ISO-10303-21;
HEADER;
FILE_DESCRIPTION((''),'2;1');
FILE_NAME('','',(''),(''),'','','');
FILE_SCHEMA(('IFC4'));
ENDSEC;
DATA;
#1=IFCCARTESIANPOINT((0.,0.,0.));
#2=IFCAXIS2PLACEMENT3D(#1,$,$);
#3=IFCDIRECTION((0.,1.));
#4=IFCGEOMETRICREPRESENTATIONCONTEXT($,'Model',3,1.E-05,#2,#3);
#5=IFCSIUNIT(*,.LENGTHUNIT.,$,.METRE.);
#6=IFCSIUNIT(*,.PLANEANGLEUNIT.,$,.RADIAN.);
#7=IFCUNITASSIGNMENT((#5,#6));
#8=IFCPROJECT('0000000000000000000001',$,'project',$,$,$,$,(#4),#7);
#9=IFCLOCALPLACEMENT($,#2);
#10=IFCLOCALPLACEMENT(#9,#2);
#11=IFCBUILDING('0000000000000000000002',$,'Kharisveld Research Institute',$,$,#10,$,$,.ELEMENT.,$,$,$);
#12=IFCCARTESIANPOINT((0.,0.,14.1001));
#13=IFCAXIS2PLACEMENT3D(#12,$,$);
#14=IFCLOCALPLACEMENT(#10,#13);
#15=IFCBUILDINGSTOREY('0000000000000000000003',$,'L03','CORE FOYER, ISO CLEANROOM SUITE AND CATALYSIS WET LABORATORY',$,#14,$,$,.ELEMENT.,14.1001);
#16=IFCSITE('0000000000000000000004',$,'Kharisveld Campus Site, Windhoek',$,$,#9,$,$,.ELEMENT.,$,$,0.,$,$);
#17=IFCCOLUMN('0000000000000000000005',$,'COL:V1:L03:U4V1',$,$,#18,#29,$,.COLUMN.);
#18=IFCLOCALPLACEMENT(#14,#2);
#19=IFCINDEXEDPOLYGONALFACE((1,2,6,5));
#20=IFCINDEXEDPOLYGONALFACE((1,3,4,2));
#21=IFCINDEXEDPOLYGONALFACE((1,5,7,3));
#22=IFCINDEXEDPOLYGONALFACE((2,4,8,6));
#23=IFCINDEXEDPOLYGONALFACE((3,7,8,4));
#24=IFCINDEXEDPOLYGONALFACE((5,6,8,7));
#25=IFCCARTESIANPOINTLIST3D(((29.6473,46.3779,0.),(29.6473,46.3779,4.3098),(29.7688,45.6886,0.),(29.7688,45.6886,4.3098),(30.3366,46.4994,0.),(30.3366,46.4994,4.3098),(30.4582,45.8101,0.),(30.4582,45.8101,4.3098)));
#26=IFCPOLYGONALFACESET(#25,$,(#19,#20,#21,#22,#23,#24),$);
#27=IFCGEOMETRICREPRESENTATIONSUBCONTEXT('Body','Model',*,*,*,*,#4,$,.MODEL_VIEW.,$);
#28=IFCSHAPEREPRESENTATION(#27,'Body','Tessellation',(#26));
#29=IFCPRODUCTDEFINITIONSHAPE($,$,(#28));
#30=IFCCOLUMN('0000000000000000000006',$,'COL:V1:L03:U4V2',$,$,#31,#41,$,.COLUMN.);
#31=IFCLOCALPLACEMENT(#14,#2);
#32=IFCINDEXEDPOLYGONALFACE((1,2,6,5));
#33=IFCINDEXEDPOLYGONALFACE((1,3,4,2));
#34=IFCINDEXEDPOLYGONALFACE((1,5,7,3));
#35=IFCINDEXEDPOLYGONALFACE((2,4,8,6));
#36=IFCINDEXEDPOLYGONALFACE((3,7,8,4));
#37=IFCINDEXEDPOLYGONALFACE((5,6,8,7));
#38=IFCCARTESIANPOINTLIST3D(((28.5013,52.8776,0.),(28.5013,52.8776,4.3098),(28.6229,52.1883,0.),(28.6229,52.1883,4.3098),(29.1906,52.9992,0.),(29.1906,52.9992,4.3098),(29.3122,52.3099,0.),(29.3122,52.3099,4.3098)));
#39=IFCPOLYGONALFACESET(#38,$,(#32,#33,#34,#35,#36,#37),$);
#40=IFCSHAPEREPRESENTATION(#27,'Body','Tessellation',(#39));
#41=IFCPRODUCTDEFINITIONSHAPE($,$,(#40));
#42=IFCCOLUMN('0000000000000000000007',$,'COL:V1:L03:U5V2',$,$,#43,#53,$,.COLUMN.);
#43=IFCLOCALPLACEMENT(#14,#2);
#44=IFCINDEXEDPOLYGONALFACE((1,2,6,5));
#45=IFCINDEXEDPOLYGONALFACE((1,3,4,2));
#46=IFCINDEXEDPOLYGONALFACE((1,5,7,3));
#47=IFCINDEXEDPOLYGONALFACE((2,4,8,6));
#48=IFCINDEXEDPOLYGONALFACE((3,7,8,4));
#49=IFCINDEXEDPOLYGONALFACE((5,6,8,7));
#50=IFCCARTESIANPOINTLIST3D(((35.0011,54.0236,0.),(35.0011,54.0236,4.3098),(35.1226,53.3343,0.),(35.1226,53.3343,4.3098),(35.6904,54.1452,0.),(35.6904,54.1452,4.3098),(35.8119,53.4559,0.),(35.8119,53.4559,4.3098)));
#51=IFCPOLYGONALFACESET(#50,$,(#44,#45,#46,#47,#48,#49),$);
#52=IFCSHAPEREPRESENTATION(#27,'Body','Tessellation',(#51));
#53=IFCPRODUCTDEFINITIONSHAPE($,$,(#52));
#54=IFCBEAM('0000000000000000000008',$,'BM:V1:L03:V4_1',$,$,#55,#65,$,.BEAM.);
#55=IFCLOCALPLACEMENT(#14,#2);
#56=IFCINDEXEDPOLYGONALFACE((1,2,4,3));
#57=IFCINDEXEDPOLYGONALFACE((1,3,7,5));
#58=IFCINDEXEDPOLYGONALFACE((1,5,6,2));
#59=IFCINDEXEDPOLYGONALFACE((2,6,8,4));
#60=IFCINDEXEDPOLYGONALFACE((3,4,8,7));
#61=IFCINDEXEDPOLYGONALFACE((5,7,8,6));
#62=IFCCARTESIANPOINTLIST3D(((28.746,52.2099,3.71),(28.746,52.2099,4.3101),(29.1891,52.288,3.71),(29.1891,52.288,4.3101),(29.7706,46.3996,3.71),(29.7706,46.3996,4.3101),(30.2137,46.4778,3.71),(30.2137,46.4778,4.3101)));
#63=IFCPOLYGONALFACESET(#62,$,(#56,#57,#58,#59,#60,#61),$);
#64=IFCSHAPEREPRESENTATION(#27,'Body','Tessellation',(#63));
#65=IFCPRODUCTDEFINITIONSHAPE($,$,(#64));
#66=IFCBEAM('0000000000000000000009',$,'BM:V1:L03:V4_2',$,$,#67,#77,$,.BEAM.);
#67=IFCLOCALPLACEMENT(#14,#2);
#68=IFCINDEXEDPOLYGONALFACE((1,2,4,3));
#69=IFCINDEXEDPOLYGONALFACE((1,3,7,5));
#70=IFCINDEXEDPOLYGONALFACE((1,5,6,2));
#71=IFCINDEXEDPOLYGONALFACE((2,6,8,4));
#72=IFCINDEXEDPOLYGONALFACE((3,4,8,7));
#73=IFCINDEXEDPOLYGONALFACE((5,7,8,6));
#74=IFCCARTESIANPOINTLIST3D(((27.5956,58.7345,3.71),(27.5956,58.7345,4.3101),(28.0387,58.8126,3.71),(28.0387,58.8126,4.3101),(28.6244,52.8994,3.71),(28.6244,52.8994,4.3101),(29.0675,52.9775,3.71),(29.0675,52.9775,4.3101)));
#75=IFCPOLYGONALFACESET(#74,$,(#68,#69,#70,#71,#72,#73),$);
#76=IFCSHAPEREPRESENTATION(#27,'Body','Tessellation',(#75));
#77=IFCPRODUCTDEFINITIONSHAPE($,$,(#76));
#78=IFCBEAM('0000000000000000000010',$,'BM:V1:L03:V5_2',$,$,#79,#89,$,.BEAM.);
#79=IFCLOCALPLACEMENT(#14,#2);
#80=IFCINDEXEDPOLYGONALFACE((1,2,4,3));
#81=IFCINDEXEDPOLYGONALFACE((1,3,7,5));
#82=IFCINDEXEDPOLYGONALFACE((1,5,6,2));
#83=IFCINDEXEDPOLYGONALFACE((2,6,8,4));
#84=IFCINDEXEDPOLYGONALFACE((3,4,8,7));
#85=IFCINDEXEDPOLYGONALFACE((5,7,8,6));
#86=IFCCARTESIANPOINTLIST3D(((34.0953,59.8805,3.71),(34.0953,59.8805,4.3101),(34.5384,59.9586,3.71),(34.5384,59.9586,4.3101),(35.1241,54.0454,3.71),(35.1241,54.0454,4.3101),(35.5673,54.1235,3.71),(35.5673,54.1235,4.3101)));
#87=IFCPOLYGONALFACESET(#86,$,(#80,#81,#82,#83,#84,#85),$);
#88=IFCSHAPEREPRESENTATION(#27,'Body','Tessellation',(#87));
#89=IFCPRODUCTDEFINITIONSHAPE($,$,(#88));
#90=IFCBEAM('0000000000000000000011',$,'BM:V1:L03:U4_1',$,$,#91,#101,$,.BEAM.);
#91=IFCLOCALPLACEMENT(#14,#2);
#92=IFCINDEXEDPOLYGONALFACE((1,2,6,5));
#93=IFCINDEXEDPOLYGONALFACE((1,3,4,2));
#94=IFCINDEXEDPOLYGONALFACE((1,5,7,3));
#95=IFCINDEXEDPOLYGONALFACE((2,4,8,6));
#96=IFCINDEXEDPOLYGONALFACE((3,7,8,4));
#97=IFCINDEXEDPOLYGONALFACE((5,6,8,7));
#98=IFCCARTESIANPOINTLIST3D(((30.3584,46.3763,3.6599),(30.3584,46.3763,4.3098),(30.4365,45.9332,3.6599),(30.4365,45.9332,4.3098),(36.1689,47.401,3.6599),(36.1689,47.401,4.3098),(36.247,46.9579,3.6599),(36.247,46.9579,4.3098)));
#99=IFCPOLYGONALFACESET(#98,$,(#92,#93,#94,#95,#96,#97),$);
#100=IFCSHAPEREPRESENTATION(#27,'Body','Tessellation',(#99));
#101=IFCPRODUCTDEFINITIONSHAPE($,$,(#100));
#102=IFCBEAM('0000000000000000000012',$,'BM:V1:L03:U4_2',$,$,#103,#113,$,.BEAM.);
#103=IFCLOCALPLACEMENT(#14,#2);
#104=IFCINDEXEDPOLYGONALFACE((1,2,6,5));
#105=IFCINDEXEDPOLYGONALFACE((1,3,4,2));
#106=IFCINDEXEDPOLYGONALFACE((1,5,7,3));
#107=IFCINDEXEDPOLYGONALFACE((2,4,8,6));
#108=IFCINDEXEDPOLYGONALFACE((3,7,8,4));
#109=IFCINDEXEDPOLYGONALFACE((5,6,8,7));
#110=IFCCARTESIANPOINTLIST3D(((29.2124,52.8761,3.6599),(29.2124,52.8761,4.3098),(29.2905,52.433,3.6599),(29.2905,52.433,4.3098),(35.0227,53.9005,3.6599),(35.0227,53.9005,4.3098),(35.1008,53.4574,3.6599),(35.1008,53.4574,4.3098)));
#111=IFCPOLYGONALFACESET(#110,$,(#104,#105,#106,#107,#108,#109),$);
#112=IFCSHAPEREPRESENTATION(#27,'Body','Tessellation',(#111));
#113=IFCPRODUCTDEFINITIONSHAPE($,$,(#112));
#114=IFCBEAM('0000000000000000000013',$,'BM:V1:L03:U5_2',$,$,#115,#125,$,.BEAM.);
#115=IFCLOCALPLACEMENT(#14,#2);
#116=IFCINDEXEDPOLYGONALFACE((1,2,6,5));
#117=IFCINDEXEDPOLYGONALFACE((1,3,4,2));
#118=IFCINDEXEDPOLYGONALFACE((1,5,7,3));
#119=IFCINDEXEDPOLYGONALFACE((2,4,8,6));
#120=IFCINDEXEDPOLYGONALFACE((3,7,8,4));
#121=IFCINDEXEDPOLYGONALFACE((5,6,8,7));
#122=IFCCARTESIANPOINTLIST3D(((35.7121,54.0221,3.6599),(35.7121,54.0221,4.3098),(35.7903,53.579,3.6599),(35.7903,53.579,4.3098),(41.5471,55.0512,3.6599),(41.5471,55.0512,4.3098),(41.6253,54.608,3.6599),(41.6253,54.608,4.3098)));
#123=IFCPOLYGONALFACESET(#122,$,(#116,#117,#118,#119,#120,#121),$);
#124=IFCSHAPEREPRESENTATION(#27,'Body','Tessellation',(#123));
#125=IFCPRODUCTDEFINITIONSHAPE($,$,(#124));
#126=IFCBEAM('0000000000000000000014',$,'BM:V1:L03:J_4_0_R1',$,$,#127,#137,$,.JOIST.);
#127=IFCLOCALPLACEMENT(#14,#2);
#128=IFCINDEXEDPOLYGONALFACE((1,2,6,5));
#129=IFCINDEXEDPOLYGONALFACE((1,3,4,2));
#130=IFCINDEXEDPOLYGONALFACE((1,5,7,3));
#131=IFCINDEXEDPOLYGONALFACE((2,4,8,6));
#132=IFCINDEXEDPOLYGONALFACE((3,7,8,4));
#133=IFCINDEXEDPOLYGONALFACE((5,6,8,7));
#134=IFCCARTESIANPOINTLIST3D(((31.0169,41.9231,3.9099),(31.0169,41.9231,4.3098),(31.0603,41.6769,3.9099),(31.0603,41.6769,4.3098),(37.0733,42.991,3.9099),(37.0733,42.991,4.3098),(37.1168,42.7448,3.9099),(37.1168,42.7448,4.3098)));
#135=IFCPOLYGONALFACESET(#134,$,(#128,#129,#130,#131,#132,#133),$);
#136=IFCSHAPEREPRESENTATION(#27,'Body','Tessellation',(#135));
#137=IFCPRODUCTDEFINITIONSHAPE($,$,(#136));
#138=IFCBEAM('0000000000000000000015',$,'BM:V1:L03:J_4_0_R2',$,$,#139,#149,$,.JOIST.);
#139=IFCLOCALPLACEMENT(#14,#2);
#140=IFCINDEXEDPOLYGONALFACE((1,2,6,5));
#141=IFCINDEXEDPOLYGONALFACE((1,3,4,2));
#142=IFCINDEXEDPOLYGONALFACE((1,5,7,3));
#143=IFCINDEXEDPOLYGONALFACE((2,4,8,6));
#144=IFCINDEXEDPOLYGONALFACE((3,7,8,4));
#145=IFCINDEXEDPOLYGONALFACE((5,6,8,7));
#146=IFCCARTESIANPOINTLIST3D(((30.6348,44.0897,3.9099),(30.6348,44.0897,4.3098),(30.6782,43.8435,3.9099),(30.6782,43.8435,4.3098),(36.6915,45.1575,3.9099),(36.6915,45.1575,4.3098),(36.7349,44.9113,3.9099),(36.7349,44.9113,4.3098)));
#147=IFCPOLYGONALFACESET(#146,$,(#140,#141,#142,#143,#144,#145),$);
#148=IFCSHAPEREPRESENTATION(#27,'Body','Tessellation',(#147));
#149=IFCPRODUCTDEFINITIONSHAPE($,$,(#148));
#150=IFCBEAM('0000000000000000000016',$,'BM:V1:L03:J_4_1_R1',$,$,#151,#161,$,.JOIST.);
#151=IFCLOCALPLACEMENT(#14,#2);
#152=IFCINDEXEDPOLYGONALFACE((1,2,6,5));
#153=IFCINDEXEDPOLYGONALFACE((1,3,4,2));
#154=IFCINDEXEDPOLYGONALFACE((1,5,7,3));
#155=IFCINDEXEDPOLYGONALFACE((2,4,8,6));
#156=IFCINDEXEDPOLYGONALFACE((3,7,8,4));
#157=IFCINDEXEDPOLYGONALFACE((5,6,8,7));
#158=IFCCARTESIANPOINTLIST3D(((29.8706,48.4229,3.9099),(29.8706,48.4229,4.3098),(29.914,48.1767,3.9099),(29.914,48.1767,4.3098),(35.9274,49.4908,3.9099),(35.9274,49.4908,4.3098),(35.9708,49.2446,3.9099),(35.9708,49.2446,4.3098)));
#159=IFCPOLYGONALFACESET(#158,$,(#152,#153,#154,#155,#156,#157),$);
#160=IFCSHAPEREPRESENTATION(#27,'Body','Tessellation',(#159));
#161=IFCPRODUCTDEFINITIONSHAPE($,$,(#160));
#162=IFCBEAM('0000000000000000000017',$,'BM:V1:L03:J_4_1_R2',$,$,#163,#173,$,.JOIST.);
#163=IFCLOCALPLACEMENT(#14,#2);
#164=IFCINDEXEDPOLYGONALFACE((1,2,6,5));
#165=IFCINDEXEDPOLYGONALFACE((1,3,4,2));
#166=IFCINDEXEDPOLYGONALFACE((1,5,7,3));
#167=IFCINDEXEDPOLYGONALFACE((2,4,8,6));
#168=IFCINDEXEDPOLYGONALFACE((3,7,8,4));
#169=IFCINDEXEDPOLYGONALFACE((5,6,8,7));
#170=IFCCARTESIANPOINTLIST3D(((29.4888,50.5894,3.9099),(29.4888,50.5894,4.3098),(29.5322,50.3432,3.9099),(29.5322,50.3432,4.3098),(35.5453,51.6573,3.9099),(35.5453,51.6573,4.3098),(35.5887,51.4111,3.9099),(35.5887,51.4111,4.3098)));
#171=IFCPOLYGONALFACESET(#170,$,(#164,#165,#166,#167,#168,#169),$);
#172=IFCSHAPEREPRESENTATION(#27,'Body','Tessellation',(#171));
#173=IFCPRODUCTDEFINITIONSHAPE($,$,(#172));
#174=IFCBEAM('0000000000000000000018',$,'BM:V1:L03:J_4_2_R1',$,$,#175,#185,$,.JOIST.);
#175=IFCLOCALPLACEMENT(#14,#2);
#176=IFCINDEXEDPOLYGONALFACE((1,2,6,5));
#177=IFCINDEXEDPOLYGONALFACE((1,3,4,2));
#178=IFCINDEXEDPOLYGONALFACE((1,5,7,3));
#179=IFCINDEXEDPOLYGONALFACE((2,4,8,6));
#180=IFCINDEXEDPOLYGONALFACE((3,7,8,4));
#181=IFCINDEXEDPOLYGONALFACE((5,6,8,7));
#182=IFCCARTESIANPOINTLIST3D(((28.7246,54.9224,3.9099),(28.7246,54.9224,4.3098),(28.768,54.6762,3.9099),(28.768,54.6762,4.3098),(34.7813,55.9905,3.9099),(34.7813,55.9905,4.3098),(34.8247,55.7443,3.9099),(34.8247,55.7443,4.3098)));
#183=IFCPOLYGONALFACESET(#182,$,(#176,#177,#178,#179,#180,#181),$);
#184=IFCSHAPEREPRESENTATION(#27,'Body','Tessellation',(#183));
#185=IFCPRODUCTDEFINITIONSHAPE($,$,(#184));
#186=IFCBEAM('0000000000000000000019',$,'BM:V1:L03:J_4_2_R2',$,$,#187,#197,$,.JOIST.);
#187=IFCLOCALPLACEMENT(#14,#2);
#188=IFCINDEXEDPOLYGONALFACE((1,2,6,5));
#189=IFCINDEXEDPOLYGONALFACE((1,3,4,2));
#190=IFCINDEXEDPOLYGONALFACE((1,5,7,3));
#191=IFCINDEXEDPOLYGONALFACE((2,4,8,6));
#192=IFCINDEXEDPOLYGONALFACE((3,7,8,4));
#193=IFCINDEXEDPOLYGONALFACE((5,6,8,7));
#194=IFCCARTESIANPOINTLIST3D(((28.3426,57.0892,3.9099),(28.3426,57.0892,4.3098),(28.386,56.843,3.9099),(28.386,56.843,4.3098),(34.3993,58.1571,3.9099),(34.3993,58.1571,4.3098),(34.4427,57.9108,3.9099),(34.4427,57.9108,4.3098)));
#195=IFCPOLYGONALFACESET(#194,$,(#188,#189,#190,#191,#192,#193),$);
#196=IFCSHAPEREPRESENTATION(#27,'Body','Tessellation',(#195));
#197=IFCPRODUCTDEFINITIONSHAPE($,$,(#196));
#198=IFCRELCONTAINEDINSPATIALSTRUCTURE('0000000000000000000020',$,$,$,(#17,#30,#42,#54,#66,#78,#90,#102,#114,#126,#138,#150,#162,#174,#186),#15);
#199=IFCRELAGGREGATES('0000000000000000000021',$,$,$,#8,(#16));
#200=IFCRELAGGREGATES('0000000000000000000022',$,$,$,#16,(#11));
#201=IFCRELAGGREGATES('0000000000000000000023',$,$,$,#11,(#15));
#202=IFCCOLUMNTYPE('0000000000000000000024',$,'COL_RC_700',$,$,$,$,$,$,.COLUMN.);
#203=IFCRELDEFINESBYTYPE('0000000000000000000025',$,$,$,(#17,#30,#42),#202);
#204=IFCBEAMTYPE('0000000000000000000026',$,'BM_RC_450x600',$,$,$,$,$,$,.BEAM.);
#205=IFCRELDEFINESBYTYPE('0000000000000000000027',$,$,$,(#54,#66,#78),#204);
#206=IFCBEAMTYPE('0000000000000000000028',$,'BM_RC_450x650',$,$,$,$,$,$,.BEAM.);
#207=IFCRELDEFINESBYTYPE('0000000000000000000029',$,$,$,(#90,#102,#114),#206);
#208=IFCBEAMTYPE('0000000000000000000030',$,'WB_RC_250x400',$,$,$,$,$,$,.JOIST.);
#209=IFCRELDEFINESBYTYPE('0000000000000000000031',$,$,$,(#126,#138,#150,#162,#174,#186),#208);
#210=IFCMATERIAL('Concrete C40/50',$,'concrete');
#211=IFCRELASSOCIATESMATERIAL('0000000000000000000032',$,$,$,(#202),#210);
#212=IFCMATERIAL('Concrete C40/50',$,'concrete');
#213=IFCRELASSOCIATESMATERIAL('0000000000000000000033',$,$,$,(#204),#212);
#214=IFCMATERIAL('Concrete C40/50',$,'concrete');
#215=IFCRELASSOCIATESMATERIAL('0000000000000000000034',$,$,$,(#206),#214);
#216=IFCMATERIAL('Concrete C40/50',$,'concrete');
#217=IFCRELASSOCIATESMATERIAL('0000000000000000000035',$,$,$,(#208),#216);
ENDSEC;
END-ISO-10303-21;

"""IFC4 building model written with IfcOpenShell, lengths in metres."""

from ifc_helpers import new_model, si_unit, direction, frame, origin, origin_2d, place, context, subcontext, project, spatial, rectangle, extrude, material, material_profile, profile_set, type_object, element, save


model = new_model("IFC4")

# Units and contexts
model_context = context("Model", 3, precision=1e-05, world=origin(), true_north=direction((0.0, 1.0)))
body_context = subcontext(model_context, "Body", "Model", "MODEL_VIEW")
ifc_project = project(units=[si_unit("LENGTHUNIT", "METRE"), si_unit("PLANEANGLEUNIT", "RADIAN")], contexts=[model_context])

# Site, building, storey
site_placement = place(None, origin())
site = spatial("IfcSite", under=ifc_project, at=site_placement, Name="Kharisveld Campus Site, Windhoek", CompositionType="ELEMENT", RefElevation=0.0)
building_placement = place(site_placement, origin())
building = spatial("IfcBuilding", under=site, at=building_placement, Name="Kharisveld Research Institute", CompositionType="ELEMENT")
storey_placement = place(building_placement, frame((0.0, 0.0, 14.1001)))
storey = spatial("IfcBuildingStorey", under=building, at=storey_placement, Name="L03", Description="CORE FOYER, ISO CLEANROOM SUITE AND CATALYSIS WET LABORATORY", CompositionType="ELEMENT", Elevation=14.1001)

# Columns
ifc_material_1 = material(Name="Concrete C40/50", Category="concrete")
ifc_material_profile_1 = material_profile(ifc_material_1, rectangle(XDim=0.7, YDim=0.7, at=origin_2d()))
ifc_profile_set_1 = profile_set([ifc_material_profile_1], Name="Concrete C40/50")
column_type = type_object("IfcColumnType", Name="COL_RC_700", PredefinedType="COLUMN", material=ifc_profile_set_1)
for number, where, z_axis, x_axis, name in (
    (1, (30.0527, 46.094, 0.0), (0.0, 0.0, 1.0), (0.984808, 0.173648, 0.0), "COL:V1:L03:U4V1"),
    (2, (28.9067, 52.5938, 0.0), (0.0, 0.0, 1.0), (0.984808, 0.173648, 0.0), "COL:V1:L03:U4V2"),
    (3, (35.4065, 53.7397, 0.0), (0.0, 0.0, 1.0), (0.984808, 0.173648, 0.0), "COL:V1:L03:U5V2"),
):
    element("IfcColumn", number, at=place(storey_placement, frame(where, z_axis=z_axis, x_axis=x_axis)), inside=storey, type_object=column_type, Name=name, PredefinedType="COLUMN", context=body_context, shape_type="SweptSolid", body=[
        extrude(rectangle(XDim=0.7, YDim=0.7, at=origin_2d()), origin(), (0.0, 0.0, 1.0), 4.3098),
    ])

# Beams
ifc_material_2 = material(Name="Concrete C40/50", Category="concrete")
ifc_material_profile_2 = material_profile(ifc_material_2, rectangle(XDim=0.45, YDim=0.6001, at=origin_2d()))
ifc_profile_set_2 = profile_set([ifc_material_profile_2], Name="Concrete C40/50")
beam_type_1 = type_object("IfcBeamType", Name="BM_RC_450x600", PredefinedType="BEAM", material=ifc_profile_set_2)
beam_1_placement = place(storey_placement, frame((29.9922, 46.4387, 4.01), z_axis=(-0.173672, 0.984804, 0.0), x_axis=(-0.984804, -0.173672, 0.0)))
element("IfcBeam", 4, at=beam_1_placement, inside=storey, type_object=beam_type_1, Name="BM:V1:L03:V4_1", PredefinedType="BEAM", context=body_context, shape_type="SweptSolid", body=[
    extrude(rectangle(XDim=0.45, YDim=0.6001, at=origin_2d()), origin(), (0.0, 0.0, 1.0), 5.8999),
])
for number, where, z_axis, x_axis, name in (
    (5, (28.8459, 52.9385, 4.01), (-0.17364, 0.984809, 0.0), (-0.984809, -0.17364, 0.0), "BM:V1:L03:V4_2"),
    (6, (35.3457, 54.0845, 4.01), (-0.17364, 0.984809, 0.0), (-0.984809, -0.17364, 0.0), "BM:V1:L03:V5_2"),
):
    element("IfcBeam", number, at=place(storey_placement, frame(where, z_axis=z_axis, x_axis=x_axis)), inside=storey, type_object=beam_type_1, Name=name, PredefinedType="BEAM", context=body_context, shape_type="SweptSolid", body=[
        extrude(rectangle(XDim=0.45, YDim=0.6001, at=origin_2d()), origin(), (0.0, 0.0, 1.0), 5.925),
    ])
ifc_material_3 = material(Name="Concrete C40/50", Category="concrete")
ifc_material_profile_3 = material_profile(ifc_material_3, rectangle(XDim=0.45, YDim=0.6499, at=origin_2d()))
ifc_profile_set_3 = profile_set([ifc_material_profile_3], Name="Concrete C40/50")
beam_type_2 = type_object("IfcBeamType", Name="BM_RC_450x650", PredefinedType="BEAM", material=ifc_profile_set_3)
beam_2_placement = place(storey_placement, frame((30.3975, 46.1548, 3.9849), z_axis=(0.984805, 0.173665, 0.0), x_axis=(-0.173665, 0.984805, 0.0)))
element("IfcBeam", 7, at=beam_2_placement, inside=storey, type_object=beam_type_2, Name="BM:V1:L03:U4_1", PredefinedType="BEAM", context=body_context, shape_type="SweptSolid", body=[
    extrude(rectangle(XDim=0.45, YDim=0.6499, at=origin_2d()), origin(), (0.0, 0.0, 1.0), 5.9001),
])
beam_3_placement = place(storey_placement, frame((29.2515, 52.6545, 3.9849), z_axis=(0.984811, 0.173632, 0.0), x_axis=(-0.173632, 0.984811, 0.0)))
element("IfcBeam", 8, at=beam_3_placement, inside=storey, type_object=beam_type_2, Name="BM:V1:L03:U4_2", PredefinedType="BEAM", context=body_context, shape_type="SweptSolid", body=[
    extrude(rectangle(XDim=0.45, YDim=0.6499, at=origin_2d()), origin(), (0.0, 0.0, 1.0), 5.8999),
])
beam_4_placement = place(storey_placement, frame((35.7512, 53.8005, 3.9849), z_axis=(0.984802, 0.17368, 0.0), x_axis=(-0.17368, 0.984802, 0.0)))
element("IfcBeam", 9, at=beam_4_placement, inside=storey, type_object=beam_type_2, Name="BM:V1:L03:U5_2", PredefinedType="BEAM", context=body_context, shape_type="SweptSolid", body=[
    extrude(rectangle(XDim=0.45, YDim=0.6499, at=origin_2d()), origin(), (0.0, 0.0, 1.0), 5.925),
])
ifc_material_4 = material(Name="Concrete C40/50", Category="concrete")
ifc_material_profile_4 = material_profile(ifc_material_4, rectangle(XDim=0.25, YDim=0.3999, at=origin_2d()))
ifc_profile_set_4 = profile_set([ifc_material_profile_4], Name="Concrete C40/50")
beam_type_3 = type_object("IfcBeamType", Name="WB_RC_250x400", PredefinedType="JOIST", material=ifc_profile_set_4)
beam_5_placement = place(storey_placement, frame((31.0386, 41.8, 4.1099), z_axis=(0.984809, 0.173643, 0.0), x_axis=(-0.173643, 0.984809, 0.0)))
element("IfcBeam", 10, at=beam_5_placement, inside=storey, type_object=beam_type_3, Name="BM:V1:L03:J_4_0_R1", PredefinedType="JOIST", context=body_context, shape_type="SweptSolid", body=[
    extrude(rectangle(XDim=0.25, YDim=0.3999, at=origin_2d()), origin(), (0.0, 0.0, 1.0), 6.1499),
])
for number, where, z_axis, x_axis, name in (
    (11, (30.6565, 43.9666, 4.1099), (0.98481, 0.173636, 0.0), (-0.173636, 0.98481, 0.0), "BM:V1:L03:J_4_0_R2"),
    (12, (29.8923, 48.2998, 4.1099), (0.98481, 0.173636, 0.0), (-0.173636, 0.98481, 0.0), "BM:V1:L03:J_4_1_R1"),
):
    element("IfcBeam", number, at=place(storey_placement, frame(where, z_axis=z_axis, x_axis=x_axis)), inside=storey, type_object=beam_type_3, Name=name, PredefinedType="JOIST", context=body_context, shape_type="SweptSolid", body=[
        extrude(rectangle(XDim=0.25, YDim=0.3999, at=origin_2d()), origin(), (0.0, 0.0, 1.0), 6.1501),
    ])
beam_6_placement = place(storey_placement, frame((29.5105, 50.4663, 4.1099), z_axis=(0.984809, 0.173643, 0.0), x_axis=(-0.173643, 0.984809, 0.0)))
element("IfcBeam", 13, at=beam_6_placement, inside=storey, type_object=beam_type_3, Name="BM:V1:L03:J_4_1_R2", PredefinedType="JOIST", context=body_context, shape_type="SweptSolid", body=[
    extrude(rectangle(XDim=0.25, YDim=0.3999, at=origin_2d()), origin(), (0.0, 0.0, 1.0), 6.1499),
])
for number, where, z_axis, x_axis, name in (
    (14, (28.7463, 54.7993, 4.1099), (0.984803, 0.173674, 0.0), (-0.173674, 0.984803, 0.0), "BM:V1:L03:J_4_2_R1"),
    (15, (28.3643, 56.9661, 4.1099), (0.98481, 0.173636, 0.0), (-0.173636, 0.98481, 0.0), "BM:V1:L03:J_4_2_R2"),
):
    element("IfcBeam", number, at=place(storey_placement, frame(where, z_axis=z_axis, x_axis=x_axis)), inside=storey, type_object=beam_type_3, Name=name, PredefinedType="JOIST", context=body_context, shape_type="SweptSolid", body=[
        extrude(rectangle(XDim=0.25, YDim=0.3999, at=origin_2d()), origin(), (0.0, 0.0, 1.0), 6.1501),
    ])

save(model, "model.ifc")
